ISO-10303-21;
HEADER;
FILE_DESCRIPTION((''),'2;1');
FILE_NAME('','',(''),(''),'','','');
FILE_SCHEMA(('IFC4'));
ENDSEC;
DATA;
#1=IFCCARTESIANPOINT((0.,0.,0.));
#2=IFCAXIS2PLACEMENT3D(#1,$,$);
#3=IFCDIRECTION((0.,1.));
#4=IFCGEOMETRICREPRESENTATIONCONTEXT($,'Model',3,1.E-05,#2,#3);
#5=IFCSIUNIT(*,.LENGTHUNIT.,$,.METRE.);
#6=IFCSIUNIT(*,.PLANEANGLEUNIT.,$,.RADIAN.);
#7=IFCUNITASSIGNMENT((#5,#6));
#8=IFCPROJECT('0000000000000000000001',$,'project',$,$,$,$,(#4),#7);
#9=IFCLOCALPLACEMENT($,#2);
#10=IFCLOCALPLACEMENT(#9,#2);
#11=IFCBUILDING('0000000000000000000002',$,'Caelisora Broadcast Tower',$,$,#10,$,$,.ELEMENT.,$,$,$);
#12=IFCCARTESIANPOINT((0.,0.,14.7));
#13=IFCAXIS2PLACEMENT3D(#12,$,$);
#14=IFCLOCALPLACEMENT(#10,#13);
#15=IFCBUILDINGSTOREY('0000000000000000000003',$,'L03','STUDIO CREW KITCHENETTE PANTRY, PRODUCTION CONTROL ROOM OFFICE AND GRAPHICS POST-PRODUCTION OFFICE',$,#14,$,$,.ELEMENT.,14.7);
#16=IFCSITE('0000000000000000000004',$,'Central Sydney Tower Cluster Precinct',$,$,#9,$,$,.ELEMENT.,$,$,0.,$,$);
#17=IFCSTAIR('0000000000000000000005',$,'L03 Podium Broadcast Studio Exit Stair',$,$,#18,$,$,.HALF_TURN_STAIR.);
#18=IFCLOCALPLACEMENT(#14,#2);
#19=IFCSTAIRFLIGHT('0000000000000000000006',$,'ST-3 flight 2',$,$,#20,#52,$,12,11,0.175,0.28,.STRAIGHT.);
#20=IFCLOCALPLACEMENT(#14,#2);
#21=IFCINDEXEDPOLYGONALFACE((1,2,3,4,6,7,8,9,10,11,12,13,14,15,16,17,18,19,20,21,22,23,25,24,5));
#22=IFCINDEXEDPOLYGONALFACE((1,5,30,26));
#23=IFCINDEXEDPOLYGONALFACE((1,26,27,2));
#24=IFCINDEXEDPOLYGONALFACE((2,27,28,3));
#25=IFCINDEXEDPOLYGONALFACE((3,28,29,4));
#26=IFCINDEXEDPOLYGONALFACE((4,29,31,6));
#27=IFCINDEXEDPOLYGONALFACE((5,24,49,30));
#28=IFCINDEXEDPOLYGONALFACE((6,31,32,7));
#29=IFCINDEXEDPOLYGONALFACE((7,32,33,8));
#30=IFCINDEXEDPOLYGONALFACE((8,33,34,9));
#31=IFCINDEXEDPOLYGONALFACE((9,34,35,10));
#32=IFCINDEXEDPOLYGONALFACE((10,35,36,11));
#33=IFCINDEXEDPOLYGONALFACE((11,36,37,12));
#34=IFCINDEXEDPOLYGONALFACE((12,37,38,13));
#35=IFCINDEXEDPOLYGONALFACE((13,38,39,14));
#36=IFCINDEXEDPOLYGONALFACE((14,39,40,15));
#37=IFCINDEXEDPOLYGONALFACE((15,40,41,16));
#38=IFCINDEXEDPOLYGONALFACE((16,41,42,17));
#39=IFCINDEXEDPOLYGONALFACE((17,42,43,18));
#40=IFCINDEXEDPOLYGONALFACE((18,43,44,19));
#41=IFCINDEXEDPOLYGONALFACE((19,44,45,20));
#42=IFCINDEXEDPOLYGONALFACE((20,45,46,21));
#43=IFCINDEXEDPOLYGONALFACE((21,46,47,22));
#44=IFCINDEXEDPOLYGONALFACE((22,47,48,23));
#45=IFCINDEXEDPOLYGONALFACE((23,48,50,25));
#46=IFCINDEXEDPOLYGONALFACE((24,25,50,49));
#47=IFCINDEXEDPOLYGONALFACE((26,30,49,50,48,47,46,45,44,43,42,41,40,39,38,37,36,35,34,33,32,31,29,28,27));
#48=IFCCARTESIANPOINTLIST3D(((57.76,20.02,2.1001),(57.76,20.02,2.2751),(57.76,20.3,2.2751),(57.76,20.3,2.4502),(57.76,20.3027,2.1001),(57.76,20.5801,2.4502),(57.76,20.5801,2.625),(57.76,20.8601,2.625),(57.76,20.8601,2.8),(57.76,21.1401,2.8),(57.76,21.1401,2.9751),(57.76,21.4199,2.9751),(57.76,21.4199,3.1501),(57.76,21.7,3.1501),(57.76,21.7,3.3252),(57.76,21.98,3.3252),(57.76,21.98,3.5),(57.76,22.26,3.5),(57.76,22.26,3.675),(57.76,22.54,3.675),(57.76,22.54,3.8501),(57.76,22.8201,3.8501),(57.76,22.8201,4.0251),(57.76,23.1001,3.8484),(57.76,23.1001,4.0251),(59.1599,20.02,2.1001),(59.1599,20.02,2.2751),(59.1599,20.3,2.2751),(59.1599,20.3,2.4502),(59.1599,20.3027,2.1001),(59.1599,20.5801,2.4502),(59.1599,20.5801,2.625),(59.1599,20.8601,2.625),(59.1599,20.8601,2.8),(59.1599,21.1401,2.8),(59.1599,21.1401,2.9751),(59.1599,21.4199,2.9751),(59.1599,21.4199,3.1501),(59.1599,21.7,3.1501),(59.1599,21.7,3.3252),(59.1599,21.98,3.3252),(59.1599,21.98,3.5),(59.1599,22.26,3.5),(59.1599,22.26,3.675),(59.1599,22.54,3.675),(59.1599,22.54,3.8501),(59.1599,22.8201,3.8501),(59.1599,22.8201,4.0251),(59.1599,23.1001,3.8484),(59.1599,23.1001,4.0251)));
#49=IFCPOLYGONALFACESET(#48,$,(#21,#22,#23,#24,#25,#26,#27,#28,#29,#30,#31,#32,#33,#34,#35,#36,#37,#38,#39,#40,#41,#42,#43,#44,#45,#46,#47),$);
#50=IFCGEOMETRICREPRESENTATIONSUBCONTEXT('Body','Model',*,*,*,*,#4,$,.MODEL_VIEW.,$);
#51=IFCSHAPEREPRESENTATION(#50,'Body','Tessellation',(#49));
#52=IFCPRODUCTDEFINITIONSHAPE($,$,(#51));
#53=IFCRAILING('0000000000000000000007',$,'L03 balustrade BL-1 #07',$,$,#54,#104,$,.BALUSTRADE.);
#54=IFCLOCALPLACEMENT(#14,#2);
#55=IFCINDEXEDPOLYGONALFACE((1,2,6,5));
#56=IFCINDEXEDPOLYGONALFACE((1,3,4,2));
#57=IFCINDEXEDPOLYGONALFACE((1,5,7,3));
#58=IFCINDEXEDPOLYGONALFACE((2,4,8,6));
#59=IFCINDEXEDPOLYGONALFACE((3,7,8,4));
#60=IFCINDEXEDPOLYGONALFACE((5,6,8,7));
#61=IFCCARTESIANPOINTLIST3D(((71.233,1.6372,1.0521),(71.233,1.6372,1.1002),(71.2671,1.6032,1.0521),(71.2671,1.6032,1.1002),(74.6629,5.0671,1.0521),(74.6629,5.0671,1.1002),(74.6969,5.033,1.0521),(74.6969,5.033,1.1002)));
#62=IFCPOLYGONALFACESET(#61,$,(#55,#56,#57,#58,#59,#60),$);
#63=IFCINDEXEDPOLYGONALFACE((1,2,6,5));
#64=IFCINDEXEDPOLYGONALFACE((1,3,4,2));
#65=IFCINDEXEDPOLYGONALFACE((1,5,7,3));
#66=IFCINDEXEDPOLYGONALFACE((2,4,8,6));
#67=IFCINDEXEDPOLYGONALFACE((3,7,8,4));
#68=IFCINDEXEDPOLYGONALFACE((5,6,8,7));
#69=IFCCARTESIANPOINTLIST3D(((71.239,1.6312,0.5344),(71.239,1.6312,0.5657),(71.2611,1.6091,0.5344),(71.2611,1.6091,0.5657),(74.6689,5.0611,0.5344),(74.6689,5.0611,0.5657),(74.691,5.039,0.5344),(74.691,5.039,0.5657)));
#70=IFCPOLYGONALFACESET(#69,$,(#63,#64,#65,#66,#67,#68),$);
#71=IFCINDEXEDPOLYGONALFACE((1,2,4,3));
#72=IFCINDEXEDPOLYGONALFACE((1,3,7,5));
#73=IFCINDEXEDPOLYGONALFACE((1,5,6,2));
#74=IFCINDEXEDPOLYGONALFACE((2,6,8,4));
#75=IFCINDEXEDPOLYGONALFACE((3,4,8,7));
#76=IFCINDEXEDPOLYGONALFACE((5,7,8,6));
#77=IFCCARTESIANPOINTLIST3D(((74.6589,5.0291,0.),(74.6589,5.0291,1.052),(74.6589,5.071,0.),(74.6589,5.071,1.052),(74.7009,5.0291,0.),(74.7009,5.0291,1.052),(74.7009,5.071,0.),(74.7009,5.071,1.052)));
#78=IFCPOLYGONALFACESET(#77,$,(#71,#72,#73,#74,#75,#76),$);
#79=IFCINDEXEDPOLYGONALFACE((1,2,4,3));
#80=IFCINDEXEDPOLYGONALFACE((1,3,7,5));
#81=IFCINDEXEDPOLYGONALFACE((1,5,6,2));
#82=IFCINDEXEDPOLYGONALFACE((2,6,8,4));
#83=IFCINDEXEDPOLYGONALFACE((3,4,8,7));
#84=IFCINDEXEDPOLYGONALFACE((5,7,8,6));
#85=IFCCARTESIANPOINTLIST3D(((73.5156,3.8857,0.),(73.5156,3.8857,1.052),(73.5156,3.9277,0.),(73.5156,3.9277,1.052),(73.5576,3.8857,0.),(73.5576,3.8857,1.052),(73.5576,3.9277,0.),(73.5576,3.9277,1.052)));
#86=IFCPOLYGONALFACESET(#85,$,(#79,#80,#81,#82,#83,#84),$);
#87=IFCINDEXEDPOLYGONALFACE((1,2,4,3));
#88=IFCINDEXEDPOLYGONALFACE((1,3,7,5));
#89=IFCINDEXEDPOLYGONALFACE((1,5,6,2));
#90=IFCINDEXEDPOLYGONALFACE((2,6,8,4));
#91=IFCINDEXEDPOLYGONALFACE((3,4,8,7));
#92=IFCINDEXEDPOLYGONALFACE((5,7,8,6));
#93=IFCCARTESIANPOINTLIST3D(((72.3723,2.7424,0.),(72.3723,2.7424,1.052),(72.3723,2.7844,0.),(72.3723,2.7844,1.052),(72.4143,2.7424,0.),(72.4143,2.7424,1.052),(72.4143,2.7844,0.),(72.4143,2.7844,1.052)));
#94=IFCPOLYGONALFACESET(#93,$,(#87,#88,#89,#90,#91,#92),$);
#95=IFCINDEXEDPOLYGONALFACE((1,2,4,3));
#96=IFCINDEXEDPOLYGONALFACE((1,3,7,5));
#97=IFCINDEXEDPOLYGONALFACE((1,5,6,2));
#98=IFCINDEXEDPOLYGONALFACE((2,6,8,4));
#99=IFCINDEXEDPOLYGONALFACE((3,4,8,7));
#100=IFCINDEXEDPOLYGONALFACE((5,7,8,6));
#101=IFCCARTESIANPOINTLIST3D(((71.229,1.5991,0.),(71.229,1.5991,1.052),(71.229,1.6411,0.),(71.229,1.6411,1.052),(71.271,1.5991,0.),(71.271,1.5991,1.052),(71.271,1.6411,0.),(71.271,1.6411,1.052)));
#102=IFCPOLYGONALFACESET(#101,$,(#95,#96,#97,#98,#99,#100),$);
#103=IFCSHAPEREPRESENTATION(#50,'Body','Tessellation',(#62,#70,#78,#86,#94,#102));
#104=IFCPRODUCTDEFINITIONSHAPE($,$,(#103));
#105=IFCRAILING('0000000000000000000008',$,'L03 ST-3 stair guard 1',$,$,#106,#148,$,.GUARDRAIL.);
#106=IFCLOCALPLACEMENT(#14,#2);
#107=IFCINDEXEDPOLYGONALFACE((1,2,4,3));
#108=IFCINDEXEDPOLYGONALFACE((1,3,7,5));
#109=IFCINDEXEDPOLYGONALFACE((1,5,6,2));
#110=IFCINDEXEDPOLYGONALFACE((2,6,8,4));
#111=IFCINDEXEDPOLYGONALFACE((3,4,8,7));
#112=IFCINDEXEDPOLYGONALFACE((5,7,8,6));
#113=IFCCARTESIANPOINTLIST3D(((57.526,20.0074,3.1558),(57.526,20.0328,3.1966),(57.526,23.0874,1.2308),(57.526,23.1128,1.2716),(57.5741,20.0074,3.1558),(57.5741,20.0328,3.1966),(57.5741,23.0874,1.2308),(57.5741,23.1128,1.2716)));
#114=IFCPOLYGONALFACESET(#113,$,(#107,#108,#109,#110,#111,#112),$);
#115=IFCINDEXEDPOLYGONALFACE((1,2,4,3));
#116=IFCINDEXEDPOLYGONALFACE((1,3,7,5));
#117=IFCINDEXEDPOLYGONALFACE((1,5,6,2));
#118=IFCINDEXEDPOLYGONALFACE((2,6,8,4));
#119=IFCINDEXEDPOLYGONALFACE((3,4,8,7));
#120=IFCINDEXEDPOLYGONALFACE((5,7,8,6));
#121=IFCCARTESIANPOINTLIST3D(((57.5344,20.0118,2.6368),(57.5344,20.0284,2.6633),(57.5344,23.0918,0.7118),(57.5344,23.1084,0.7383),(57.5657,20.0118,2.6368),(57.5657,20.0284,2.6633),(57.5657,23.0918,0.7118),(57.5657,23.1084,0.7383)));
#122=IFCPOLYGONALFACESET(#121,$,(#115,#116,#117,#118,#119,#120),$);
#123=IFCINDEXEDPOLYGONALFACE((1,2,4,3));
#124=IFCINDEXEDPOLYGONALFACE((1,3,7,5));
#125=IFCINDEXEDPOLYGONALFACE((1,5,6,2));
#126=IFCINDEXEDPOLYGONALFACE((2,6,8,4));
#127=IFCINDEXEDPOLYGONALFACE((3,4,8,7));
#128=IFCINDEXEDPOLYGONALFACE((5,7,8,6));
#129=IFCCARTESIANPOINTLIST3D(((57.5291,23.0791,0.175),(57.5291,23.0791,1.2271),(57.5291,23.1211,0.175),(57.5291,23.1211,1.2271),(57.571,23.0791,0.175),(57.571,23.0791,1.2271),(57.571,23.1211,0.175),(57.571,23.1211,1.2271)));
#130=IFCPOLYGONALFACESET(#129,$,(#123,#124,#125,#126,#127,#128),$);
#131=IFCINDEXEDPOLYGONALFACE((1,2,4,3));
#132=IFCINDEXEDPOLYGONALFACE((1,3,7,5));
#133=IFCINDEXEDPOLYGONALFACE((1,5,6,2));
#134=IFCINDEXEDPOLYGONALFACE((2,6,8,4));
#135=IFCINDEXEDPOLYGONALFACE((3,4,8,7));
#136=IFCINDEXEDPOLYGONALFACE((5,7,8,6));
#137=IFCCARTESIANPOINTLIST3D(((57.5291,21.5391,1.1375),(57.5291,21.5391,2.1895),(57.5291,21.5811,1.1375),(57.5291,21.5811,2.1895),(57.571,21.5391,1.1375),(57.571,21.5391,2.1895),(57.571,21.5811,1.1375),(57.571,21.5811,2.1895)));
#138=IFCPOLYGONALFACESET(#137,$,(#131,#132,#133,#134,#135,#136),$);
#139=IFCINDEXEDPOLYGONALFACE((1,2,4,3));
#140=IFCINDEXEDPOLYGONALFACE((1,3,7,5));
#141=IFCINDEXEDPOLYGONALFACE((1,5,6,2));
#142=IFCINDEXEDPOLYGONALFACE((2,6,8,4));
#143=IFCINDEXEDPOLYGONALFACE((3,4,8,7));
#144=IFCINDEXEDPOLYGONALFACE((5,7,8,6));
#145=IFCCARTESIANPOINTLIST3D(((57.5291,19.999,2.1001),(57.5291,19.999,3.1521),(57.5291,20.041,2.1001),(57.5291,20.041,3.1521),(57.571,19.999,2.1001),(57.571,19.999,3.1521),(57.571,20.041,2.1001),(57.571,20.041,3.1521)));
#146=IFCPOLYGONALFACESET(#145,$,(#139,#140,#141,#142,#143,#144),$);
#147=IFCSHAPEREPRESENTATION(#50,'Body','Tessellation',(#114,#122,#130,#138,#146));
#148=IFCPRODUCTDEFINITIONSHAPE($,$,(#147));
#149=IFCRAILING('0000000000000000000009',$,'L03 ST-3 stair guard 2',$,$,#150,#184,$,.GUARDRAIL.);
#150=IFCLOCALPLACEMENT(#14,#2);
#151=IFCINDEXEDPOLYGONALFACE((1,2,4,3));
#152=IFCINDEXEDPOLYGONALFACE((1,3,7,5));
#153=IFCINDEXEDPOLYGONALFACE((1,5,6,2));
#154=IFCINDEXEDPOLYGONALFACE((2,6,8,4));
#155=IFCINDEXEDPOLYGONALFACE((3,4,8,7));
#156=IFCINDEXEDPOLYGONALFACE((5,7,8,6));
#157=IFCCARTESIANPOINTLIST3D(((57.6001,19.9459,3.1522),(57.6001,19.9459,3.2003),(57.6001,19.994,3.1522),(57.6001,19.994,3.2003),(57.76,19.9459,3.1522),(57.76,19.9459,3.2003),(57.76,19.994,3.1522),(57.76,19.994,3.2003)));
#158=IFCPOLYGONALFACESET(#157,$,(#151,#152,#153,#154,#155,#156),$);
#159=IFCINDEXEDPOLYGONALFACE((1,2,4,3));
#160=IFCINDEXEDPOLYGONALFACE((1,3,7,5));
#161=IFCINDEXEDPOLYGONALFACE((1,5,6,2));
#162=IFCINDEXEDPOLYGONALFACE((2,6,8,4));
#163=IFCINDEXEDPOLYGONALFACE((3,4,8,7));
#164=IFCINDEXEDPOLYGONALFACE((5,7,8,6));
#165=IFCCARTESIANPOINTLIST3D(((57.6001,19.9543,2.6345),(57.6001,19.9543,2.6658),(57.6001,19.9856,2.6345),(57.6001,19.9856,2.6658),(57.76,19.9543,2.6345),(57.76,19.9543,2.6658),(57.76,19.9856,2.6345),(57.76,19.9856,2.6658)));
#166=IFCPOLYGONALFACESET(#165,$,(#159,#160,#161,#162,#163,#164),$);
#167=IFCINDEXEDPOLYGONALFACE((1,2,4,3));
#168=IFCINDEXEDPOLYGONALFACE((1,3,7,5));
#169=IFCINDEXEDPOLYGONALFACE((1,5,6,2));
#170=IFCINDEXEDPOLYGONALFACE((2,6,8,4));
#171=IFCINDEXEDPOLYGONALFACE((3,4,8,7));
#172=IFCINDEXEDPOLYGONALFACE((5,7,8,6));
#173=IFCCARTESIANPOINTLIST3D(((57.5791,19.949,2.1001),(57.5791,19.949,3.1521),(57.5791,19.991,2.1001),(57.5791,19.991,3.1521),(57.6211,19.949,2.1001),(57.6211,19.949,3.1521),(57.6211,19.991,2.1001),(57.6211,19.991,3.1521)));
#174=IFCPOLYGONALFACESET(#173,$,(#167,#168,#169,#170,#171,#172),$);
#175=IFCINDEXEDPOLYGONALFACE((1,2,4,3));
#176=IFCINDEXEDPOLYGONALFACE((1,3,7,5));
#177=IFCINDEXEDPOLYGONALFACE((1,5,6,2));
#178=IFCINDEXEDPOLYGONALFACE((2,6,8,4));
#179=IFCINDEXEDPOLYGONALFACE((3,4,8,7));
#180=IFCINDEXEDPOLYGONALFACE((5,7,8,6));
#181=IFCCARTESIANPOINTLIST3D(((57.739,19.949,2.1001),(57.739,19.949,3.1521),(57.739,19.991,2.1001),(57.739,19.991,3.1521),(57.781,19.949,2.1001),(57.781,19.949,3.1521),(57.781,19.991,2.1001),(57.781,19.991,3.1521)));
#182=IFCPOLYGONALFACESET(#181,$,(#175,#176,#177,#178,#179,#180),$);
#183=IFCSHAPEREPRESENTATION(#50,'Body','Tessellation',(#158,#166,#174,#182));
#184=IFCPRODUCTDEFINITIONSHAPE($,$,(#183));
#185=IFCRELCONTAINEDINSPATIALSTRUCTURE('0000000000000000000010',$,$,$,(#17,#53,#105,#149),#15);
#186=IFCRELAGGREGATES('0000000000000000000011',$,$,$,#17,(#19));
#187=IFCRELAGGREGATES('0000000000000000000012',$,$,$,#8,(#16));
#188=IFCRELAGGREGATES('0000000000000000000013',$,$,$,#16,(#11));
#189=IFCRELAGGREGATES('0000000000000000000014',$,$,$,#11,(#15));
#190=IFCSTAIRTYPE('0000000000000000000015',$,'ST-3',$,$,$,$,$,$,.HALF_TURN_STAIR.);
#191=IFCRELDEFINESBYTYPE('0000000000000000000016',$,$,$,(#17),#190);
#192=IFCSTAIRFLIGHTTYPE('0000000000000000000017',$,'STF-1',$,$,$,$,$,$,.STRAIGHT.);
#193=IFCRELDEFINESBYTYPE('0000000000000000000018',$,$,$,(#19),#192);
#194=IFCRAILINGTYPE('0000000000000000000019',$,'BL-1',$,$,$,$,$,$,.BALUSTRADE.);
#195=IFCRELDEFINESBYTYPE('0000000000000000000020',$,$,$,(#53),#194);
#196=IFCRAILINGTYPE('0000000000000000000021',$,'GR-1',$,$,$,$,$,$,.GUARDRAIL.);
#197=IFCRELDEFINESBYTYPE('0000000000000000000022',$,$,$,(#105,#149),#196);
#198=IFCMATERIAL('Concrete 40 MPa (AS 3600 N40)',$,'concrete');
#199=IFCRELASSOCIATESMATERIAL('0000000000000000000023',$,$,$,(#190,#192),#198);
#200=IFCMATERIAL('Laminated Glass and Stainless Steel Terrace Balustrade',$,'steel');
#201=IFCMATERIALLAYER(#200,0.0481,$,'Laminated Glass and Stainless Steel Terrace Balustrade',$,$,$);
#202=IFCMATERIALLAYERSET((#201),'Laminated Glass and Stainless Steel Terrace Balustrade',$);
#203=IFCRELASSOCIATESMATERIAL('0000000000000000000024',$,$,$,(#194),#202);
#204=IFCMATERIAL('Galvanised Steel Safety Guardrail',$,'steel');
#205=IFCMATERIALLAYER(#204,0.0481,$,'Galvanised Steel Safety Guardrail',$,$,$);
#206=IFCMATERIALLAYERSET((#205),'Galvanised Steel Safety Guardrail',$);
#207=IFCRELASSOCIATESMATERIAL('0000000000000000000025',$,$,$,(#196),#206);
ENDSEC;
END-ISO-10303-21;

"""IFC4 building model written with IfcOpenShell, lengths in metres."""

from ifc_helpers import new_model, si_unit, direction, frame, origin, origin_2d, place, context, subcontext, project, spatial, polyline, rectangle, outline, extrude, material, layer, layer_set, type_object, element, aggregate, save


model = new_model("IFC4")

# Units and contexts
model_context = context("Model", 3, precision=1e-05, world=origin(), true_north=direction((0.0, 1.0)))
body_context = subcontext(model_context, "Body", "Model", "MODEL_VIEW")
ifc_project = project(units=[si_unit("LENGTHUNIT", "METRE"), si_unit("PLANEANGLEUNIT", "RADIAN")], contexts=[model_context])

# Site, building, storey
site_placement = place(None, origin())
site = spatial("IfcSite", under=ifc_project, at=site_placement, Name="Central Sydney Tower Cluster Precinct", CompositionType="ELEMENT", RefElevation=0.0)
building_placement = place(site_placement, origin())
building = spatial("IfcBuilding", under=site, at=building_placement, Name="Caelisora Broadcast Tower", CompositionType="ELEMENT")
storey_placement = place(building_placement, frame((0.0, 0.0, 14.7)))
storey = spatial("IfcBuildingStorey", under=building, at=storey_placement, Name="L03", Description="STUDIO CREW KITCHENETTE PANTRY, PRODUCTION CONTROL ROOM OFFICE AND GRAPHICS POST-PRODUCTION OFFICE", CompositionType="ELEMENT", Elevation=14.7)

# Stair, stair flight
ifc_material_1 = material(Name="Concrete 40 MPa (AS 3600 N40)", Category="concrete")
stair_type = type_object("IfcStairType", Name="ST-3", PredefinedType="HALF_TURN_STAIR", material=ifc_material_1)
stair_placement = place(storey_placement, origin())
stair = element("IfcStair", 1, at=stair_placement, inside=storey, type_object=stair_type, Name="L03 Podium Broadcast Studio Exit Stair", PredefinedType="HALF_TURN_STAIR")
stair_flight_type = type_object("IfcStairFlightType", Name="STF-1", PredefinedType="STRAIGHT", material=ifc_material_1)
stair_flight_1_placement = place(storey_placement, frame((58.46, 20.02, 2.1001), z_axis=(0.0, 0.0, 1.0), x_axis=(0.0, 1.0, 0.0)))
stair_flight_1 = element("IfcStairFlight", 2, at=stair_flight_1_placement, type_object=stair_flight_type, Name="ST-3 flight 2", NumberOfRisers=12, NumberOfTreads=11, PredefinedType="STRAIGHT", RiserHeight=0.175, TreadLength=0.28, context=body_context, shape_type="SweptSolid", body=[
    extrude(outline(polyline([(0.0, 0.0), (0.0, 0.175), (0.28, 0.175), (0.28, 0.3501), (0.5601, 0.3501), (0.5601, 0.5249), (0.8401, 0.5249), (0.8401, 0.7), (1.1201, 0.7), (1.1201, 0.875), (1.3999, 0.875), (1.3999, 1.05), (1.6799, 1.05), (1.6799, 1.2251), (1.96, 1.2251), (1.96, 1.3999), (2.24, 1.3999), (2.24, 1.575), (2.52, 1.575), (2.52, 1.75), (2.8, 1.75), (2.8, 1.925), (3.0801, 1.925), (3.0801, 2.1001), (3.0801, 1.7483), (0.2827, 0.0), (0.0, 0.0)])), frame((0.0, 0.7, 0.0), z_axis=(0.0, -1.0, 0.0), x_axis=(1.0, 0.0, 0.0)), (0.0, 0.0, 1.0), 1.3999),
])
aggregate(stair, [stair_flight_1])

# Railings
ifc_material_2 = material(Name="Laminated Glass and Stainless Steel Terrace Balustrade", Category="steel")
ifc_layer_1 = layer(ifc_material_2, 0.0481, Name="Laminated Glass and Stainless Steel Terrace Balustrade")
ifc_layer_set_1 = layer_set([ifc_layer_1], Name="Laminated Glass and Stainless Steel Terrace Balustrade")
railing_type_1 = type_object("IfcRailingType", Name="BL-1", PredefinedType="BALUSTRADE", material=ifc_layer_set_1)
railing_1_placement = place(storey_placement, frame((74.6799, 5.05, 0.0)))
element("IfcRailing", 3, at=railing_1_placement, inside=storey, type_object=railing_type_1, Name="L03 balustrade BL-1 #07", PredefinedType="BALUSTRADE", context=body_context, shape_type="SweptSolid", body=[
    extrude(rectangle(XDim=0.0481, YDim=0.0481, at=origin_2d()), frame((0.0, 0.0, 1.0762), z_axis=(-0.707107, -0.707107, 0.0), x_axis=(0.707107, -0.707107, 0.0)), (0.0, 0.0, 1.0), 4.8506),
    extrude(rectangle(XDim=0.0312, YDim=0.0312, at=origin_2d()), frame((0.0, 0.0, 0.55), z_axis=(-0.707107, -0.707107, 0.0), x_axis=(0.707107, -0.707107, 0.0)), (0.0, 0.0, 1.0), 4.8506),
    extrude(rectangle(XDim=0.042, YDim=0.042, at=origin_2d()), origin(), (0.0, 0.0, 1.0), 1.052),
    extrude(rectangle(XDim=0.042, YDim=0.042, at=origin_2d()), frame((-1.1433, -1.1433, 0.0)), (0.0, 0.0, 1.0), 1.052),
    extrude(rectangle(XDim=0.042, YDim=0.042, at=origin_2d()), frame((-2.2866, -2.2866, 0.0)), (0.0, 0.0, 1.0), 1.052),
    extrude(rectangle(XDim=0.042, YDim=0.042, at=origin_2d()), frame((-3.4299, -3.4299, 0.0)), (0.0, 0.0, 1.0), 1.052),
])
ifc_material_3 = material(Name="Galvanised Steel Safety Guardrail", Category="steel")
ifc_layer_2 = layer(ifc_material_3, 0.0481, Name="Galvanised Steel Safety Guardrail")
ifc_layer_set_2 = layer_set([ifc_layer_2], Name="Galvanised Steel Safety Guardrail")
railing_type_2 = type_object("IfcRailingType", Name="GR-1", PredefinedType="GUARDRAIL", material=ifc_layer_set_2)
railing_2_placement = place(storey_placement, frame((57.55, 23.1001, 0.175)))
element("IfcRailing", 4, at=railing_2_placement, inside=storey, type_object=railing_type_2, Name="L03 ST-3 stair guard 1", PredefinedType="GUARDRAIL", context=body_context, shape_type="SweptSolid", body=[
    extrude(rectangle(XDim=0.0481, YDim=0.0481, at=origin_2d()), frame((0.0, 0.0, 1.0762), z_axis=(0.0, -0.847998, 0.529999), x_axis=(1.0, 0.0, 0.0)), (0.0, 0.0, 1.0), 3.6321),
    extrude(rectangle(XDim=0.0312, YDim=0.0312, at=origin_2d()), frame((0.0, 0.0, 0.55), z_axis=(0.0, -0.847998, 0.529999), x_axis=(1.0, 0.0, 0.0)), (0.0, 0.0, 1.0), 3.6321),
    extrude(rectangle(XDim=0.042, YDim=0.042, at=origin_2d()), origin(), (0.0, 0.0, 1.0), 1.052),
    extrude(rectangle(XDim=0.042, YDim=0.042, at=origin_2d()), frame((0.0, -1.54, 0.9624)), (0.0, 0.0, 1.0), 1.052),
    extrude(rectangle(XDim=0.042, YDim=0.042, at=origin_2d()), frame((0.0, -3.0801, 1.925)), (0.0, 0.0, 1.0), 1.052),
])
railing_3_placement = place(storey_placement, frame((57.6001, 19.97, 2.1001)))
element("IfcRailing", 5, at=railing_3_placement, inside=storey, type_object=railing_type_2, Name="L03 ST-3 stair guard 2", PredefinedType="GUARDRAIL", context=body_context, shape_type="SweptSolid", body=[
    extrude(rectangle(XDim=0.0481, YDim=0.0481, at=origin_2d()), frame((0.0, 0.0, 1.0762), z_axis=(1.0, 0.0, 0.0), x_axis=(0.0, 1.0, 0.0)), (0.0, 0.0, 1.0), 0.1599),
    extrude(rectangle(XDim=0.0312, YDim=0.0312, at=origin_2d()), frame((0.0, 0.0, 0.55), z_axis=(1.0, 0.0, 0.0), x_axis=(0.0, 1.0, 0.0)), (0.0, 0.0, 1.0), 0.1599),
    extrude(rectangle(XDim=0.042, YDim=0.042, at=origin_2d()), origin(), (0.0, 0.0, 1.0), 1.052),
    extrude(rectangle(XDim=0.042, YDim=0.042, at=origin_2d()), frame((0.1599, 0.0, 0.0)), (0.0, 0.0, 1.0), 1.052),
])

save(model, "model.ifc")
